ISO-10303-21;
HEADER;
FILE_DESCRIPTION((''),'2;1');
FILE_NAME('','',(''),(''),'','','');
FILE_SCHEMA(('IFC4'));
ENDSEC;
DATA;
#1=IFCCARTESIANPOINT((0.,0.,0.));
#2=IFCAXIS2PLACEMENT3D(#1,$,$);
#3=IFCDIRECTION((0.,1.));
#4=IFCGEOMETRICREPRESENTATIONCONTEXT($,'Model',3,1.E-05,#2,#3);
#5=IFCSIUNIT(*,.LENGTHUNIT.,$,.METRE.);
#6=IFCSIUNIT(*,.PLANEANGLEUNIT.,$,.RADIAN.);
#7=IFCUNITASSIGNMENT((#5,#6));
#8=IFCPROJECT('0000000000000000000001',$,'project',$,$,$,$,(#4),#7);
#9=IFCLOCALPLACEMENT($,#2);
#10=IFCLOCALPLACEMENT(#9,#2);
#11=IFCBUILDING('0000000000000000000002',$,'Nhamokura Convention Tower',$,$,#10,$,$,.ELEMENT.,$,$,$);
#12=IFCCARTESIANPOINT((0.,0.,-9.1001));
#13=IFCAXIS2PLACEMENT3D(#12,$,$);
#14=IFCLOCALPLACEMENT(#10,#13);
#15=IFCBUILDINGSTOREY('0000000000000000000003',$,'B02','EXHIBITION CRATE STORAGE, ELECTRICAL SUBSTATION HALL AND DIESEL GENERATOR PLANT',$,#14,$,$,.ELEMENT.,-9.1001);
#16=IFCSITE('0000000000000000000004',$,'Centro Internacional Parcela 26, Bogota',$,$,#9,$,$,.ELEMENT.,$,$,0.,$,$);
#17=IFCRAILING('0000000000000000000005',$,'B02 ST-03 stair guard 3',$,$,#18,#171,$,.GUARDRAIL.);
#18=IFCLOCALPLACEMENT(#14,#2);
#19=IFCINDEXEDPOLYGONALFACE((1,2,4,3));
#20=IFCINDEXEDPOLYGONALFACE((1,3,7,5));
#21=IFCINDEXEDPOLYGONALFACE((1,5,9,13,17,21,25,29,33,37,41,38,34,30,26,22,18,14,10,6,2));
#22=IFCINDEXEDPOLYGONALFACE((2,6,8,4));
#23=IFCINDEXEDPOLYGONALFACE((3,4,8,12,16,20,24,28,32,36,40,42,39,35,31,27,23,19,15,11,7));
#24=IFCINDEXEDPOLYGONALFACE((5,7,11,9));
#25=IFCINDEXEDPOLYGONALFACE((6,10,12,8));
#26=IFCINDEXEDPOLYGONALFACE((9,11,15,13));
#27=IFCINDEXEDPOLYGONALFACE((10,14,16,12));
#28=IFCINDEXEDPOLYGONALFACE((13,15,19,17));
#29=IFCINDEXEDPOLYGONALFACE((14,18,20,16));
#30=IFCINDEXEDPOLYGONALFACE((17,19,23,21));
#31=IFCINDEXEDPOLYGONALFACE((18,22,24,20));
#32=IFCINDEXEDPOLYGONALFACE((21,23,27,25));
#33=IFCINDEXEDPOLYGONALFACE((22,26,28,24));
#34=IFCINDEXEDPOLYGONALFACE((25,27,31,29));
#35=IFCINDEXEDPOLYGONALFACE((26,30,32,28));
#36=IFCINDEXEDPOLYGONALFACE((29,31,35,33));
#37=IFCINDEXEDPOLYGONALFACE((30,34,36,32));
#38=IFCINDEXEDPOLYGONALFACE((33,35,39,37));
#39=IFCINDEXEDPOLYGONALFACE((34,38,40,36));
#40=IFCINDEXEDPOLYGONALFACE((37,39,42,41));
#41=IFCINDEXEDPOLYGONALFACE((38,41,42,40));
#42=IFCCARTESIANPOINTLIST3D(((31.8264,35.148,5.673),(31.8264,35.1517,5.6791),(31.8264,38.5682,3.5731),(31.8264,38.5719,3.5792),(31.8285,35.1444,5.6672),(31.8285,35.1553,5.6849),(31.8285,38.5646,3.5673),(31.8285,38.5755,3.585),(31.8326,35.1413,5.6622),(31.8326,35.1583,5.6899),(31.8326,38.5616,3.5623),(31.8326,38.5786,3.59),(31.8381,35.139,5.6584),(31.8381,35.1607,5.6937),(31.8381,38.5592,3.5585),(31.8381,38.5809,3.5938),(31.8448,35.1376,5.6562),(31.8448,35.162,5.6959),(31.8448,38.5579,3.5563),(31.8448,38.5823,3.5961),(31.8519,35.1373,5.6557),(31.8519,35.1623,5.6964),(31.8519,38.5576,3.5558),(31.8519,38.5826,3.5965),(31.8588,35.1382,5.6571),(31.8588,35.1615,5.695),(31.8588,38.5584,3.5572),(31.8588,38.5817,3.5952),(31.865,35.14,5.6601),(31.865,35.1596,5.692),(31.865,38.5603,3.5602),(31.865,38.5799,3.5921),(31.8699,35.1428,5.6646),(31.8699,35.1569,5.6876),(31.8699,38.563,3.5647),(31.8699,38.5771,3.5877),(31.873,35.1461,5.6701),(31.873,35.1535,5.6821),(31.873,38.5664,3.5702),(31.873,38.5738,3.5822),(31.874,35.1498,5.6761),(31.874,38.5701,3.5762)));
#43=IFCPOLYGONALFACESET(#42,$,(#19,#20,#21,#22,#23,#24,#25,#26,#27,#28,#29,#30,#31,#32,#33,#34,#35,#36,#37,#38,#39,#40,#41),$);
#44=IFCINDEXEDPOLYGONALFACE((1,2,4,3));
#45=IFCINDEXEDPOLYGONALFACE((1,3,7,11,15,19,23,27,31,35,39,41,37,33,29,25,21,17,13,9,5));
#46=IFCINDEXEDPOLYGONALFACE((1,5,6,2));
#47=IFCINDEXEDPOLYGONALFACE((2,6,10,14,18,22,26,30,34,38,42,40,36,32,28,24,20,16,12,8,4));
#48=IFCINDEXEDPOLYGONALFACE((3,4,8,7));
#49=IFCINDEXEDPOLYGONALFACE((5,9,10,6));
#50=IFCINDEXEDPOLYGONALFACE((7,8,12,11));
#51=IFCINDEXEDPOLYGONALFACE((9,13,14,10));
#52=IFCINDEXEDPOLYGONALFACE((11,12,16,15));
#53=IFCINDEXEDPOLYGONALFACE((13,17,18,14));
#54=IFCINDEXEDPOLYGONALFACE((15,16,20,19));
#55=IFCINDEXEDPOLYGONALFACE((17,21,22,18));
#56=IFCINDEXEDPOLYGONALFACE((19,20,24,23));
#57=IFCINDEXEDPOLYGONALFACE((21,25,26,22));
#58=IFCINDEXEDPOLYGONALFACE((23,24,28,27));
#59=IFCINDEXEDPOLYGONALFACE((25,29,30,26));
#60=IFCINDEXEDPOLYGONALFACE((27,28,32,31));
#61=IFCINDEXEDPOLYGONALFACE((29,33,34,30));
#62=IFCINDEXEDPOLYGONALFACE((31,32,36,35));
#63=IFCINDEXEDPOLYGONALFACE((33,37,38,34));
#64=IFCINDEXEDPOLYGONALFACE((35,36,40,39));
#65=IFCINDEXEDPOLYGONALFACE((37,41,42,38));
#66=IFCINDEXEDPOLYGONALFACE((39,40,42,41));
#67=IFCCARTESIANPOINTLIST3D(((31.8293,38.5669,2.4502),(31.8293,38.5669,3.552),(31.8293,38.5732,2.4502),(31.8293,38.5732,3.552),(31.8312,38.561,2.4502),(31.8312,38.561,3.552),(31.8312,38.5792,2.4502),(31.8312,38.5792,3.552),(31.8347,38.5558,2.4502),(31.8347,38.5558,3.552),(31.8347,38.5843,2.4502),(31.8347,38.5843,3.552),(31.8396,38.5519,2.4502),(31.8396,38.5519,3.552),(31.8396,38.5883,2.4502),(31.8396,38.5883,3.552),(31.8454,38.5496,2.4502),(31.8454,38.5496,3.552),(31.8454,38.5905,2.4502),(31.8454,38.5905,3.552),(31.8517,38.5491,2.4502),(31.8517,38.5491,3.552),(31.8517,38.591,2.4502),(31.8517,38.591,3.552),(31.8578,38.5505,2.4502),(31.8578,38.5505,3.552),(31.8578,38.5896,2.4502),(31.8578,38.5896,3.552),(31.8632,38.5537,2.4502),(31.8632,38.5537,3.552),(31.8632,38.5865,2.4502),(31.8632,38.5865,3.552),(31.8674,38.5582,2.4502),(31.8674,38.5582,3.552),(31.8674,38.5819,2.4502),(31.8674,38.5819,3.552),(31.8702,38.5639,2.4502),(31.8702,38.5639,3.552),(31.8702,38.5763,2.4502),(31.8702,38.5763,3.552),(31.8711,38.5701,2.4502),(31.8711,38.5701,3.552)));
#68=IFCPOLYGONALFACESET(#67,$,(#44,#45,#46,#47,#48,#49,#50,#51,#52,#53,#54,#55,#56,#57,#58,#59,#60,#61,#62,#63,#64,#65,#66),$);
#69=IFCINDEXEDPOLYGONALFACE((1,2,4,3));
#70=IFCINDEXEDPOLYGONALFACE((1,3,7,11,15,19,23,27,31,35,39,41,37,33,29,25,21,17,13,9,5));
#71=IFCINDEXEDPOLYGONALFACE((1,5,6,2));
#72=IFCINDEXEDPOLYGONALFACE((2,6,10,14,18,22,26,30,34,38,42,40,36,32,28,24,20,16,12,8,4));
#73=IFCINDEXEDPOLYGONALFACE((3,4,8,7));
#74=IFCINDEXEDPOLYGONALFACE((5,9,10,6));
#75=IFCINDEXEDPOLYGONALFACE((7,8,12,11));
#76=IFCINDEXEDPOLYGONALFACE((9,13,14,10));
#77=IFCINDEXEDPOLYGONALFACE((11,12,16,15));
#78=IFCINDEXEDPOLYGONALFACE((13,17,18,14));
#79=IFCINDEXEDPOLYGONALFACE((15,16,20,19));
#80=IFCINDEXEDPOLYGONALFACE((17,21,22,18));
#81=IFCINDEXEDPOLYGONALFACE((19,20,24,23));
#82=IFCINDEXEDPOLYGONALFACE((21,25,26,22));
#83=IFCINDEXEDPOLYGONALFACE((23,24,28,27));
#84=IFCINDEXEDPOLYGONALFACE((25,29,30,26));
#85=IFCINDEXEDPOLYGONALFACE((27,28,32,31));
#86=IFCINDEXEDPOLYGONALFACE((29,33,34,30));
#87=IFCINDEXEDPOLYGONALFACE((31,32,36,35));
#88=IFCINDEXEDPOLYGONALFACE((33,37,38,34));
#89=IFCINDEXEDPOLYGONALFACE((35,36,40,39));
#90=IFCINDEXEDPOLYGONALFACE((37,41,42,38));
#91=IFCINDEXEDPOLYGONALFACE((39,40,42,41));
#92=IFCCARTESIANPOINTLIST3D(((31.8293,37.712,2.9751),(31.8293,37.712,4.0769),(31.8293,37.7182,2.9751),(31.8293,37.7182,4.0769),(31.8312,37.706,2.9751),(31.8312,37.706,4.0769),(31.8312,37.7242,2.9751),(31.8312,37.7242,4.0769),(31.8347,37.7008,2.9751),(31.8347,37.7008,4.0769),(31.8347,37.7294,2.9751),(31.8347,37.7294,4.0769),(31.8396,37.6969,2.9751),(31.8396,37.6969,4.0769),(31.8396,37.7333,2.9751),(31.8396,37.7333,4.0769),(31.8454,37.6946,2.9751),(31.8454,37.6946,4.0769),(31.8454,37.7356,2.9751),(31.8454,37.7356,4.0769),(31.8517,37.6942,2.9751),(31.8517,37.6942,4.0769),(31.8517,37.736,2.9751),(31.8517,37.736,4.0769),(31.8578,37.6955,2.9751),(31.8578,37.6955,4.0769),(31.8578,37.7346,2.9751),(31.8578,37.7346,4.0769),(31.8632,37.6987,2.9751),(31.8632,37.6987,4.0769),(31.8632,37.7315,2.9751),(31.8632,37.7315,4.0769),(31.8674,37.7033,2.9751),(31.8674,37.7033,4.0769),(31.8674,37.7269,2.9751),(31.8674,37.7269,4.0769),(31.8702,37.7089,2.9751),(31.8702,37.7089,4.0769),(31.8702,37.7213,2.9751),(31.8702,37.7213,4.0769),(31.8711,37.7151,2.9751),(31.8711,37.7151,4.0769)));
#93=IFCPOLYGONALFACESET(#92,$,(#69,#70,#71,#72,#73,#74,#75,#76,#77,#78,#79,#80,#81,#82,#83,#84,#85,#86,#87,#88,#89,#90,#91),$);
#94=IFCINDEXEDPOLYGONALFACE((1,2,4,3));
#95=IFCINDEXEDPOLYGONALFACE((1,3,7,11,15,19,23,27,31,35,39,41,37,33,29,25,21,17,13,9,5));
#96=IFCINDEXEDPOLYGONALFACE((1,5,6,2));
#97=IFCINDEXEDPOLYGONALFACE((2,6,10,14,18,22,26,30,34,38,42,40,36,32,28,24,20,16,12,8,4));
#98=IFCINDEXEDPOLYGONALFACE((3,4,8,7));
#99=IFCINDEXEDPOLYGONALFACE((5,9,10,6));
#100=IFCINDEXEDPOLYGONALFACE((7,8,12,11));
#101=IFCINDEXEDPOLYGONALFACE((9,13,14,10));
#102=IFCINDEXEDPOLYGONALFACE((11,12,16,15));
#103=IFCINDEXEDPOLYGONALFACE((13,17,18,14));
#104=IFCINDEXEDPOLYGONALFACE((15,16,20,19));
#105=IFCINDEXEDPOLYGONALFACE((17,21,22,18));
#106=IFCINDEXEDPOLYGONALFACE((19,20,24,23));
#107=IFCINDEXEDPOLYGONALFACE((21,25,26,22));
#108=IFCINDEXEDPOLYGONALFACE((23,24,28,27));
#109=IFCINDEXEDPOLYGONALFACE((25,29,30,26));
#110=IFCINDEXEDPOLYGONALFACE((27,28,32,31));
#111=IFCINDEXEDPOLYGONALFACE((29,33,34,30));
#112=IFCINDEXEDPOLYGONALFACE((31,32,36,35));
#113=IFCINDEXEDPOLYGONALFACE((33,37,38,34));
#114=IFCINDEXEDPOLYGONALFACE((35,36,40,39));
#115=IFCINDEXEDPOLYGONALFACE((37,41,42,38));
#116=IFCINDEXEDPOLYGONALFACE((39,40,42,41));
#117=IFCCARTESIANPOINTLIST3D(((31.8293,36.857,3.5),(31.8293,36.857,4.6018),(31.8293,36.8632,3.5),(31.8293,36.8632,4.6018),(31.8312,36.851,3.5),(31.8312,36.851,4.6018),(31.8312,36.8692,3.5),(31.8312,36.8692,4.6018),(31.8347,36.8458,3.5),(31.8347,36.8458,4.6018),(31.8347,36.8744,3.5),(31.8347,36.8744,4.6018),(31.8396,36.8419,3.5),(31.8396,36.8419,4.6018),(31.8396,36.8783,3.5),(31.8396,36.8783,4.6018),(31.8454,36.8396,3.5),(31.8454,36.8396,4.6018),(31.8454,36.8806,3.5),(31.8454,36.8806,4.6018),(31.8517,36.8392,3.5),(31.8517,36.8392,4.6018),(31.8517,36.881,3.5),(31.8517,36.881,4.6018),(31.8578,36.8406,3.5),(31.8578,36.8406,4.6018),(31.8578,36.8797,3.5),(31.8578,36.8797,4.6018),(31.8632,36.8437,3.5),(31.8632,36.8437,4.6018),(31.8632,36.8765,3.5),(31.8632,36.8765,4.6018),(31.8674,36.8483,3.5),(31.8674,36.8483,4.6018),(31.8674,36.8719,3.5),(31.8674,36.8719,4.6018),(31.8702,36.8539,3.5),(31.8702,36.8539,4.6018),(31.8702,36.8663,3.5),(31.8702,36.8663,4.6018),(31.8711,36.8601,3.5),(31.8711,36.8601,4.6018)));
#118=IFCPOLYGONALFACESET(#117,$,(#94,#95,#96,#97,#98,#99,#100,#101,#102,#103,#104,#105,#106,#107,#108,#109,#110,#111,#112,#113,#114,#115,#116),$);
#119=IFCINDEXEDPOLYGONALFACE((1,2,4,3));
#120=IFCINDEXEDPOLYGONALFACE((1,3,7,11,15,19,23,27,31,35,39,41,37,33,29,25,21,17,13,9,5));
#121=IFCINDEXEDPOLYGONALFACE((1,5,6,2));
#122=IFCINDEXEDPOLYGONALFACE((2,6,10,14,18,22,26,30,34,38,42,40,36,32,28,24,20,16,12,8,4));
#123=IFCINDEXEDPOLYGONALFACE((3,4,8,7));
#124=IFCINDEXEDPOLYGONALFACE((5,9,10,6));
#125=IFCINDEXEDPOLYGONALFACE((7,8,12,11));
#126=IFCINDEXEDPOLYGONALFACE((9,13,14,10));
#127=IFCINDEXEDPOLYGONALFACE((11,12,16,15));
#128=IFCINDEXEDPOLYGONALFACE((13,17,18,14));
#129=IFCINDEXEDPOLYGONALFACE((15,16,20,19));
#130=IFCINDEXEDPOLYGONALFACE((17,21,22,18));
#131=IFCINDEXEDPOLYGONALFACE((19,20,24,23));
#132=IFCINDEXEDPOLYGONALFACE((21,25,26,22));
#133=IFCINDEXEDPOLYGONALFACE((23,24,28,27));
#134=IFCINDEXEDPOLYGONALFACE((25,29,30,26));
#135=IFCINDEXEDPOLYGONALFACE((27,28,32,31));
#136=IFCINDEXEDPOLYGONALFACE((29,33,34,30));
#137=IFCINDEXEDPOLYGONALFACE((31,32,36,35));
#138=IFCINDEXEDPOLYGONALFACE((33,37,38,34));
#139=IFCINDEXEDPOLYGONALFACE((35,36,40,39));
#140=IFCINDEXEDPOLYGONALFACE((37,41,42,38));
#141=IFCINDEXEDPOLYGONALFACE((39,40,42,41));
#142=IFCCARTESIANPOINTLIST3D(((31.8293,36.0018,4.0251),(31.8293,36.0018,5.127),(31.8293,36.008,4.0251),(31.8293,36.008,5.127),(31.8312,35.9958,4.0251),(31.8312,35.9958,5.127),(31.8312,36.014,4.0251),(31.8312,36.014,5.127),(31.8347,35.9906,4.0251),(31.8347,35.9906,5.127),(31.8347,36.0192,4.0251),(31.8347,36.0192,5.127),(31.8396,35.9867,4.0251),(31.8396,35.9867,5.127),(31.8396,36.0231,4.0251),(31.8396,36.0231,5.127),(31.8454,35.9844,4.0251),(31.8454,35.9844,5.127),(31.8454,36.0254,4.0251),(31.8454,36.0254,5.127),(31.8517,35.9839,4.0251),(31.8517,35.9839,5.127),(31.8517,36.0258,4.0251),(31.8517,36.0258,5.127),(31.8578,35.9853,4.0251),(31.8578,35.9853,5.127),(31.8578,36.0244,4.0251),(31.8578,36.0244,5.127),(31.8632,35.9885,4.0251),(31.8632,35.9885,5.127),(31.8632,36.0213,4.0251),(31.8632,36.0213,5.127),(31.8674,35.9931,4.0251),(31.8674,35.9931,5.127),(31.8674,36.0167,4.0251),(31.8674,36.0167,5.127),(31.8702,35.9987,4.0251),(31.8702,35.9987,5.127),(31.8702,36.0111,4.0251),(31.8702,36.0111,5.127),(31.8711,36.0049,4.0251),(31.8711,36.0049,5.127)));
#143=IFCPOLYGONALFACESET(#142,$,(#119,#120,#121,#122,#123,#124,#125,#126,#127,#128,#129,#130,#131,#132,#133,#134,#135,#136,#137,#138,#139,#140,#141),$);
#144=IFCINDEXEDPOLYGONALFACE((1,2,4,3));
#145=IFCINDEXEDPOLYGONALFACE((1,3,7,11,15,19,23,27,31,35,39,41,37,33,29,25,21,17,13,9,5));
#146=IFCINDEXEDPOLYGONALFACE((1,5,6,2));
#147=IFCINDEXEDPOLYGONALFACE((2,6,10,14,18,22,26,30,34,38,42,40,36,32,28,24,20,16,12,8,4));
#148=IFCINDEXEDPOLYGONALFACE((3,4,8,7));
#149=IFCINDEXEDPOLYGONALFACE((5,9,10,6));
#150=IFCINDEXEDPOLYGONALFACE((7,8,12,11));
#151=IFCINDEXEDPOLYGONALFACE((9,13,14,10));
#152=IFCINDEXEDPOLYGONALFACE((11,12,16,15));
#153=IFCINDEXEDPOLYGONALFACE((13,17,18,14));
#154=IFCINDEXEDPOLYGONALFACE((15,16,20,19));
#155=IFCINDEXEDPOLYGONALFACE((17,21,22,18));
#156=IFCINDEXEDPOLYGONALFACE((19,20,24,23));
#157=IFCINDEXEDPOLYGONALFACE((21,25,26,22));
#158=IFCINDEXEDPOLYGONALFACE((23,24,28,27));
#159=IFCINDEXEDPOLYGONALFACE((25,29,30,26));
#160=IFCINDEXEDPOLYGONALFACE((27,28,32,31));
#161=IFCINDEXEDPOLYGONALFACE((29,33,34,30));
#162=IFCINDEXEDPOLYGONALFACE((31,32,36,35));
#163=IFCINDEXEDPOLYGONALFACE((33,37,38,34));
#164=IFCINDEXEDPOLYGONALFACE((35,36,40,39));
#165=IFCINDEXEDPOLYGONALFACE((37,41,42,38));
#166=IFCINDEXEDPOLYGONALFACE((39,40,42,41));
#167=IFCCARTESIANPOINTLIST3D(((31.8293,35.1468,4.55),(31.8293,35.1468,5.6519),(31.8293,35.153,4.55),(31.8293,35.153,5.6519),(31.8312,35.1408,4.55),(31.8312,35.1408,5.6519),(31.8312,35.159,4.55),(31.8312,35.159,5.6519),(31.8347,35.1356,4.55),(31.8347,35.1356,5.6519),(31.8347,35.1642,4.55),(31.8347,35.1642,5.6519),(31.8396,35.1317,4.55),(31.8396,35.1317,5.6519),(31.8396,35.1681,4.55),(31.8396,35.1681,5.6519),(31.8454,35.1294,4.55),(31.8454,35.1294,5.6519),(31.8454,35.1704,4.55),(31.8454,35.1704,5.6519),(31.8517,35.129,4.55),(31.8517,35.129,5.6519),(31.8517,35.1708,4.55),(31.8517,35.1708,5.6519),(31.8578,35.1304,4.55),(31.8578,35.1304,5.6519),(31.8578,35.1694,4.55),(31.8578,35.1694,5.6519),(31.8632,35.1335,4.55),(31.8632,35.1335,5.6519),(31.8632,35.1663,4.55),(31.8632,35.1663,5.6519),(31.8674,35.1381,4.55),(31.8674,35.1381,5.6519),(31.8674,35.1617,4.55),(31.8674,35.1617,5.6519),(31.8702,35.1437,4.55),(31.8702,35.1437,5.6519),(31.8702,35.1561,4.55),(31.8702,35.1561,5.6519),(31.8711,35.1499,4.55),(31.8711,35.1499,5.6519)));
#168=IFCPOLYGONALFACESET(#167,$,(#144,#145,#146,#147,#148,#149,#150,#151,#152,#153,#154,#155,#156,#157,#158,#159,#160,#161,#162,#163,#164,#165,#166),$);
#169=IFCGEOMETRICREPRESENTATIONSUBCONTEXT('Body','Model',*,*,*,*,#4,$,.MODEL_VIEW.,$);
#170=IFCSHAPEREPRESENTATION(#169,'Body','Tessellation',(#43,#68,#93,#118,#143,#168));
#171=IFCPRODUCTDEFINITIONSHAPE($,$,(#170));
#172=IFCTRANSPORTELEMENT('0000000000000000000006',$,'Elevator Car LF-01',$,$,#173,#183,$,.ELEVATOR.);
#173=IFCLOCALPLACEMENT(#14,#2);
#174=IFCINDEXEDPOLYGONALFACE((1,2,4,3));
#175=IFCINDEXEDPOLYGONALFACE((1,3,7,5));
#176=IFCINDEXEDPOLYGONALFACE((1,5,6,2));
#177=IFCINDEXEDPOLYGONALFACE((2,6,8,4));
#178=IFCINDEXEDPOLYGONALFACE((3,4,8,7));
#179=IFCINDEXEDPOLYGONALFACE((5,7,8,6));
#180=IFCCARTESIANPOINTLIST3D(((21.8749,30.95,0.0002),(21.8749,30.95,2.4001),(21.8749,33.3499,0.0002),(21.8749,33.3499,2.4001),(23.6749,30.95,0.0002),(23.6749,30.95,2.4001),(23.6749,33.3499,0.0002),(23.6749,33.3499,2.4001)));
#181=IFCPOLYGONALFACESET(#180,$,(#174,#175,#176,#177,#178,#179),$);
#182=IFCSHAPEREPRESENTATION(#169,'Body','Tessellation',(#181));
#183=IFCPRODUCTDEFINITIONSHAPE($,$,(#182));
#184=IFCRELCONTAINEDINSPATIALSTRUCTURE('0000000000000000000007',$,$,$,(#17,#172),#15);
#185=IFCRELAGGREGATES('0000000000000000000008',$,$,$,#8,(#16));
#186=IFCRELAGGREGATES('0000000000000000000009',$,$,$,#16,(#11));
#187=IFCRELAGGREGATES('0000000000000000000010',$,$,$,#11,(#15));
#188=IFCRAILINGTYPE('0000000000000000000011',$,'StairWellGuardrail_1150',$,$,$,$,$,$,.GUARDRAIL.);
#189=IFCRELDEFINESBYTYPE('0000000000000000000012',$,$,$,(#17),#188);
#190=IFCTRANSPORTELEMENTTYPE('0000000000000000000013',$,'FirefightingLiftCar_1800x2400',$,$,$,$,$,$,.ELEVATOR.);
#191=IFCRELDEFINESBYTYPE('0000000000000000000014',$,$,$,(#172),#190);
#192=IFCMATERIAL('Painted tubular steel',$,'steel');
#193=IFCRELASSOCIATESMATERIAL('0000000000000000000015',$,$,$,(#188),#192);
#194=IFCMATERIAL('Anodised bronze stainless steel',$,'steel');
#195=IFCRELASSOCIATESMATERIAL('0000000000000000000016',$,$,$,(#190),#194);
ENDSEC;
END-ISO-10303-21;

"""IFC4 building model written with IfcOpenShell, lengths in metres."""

from ifc_helpers import new_model, si_unit, direction, frame, origin, origin_2d, place, context, subcontext, project, spatial, rectangle, circle, extrude, material, type_object, element, save


model = new_model("IFC4")

# Units and contexts
model_context = context("Model", 3, precision=1e-05, world=origin(), true_north=direction((0.0, 1.0)))
body_context = subcontext(model_context, "Body", "Model", "MODEL_VIEW")
ifc_project = project(units=[si_unit("LENGTHUNIT", "METRE"), si_unit("PLANEANGLEUNIT", "RADIAN")], contexts=[model_context])

# Site, building, storey
site_placement = place(None, origin())
site = spatial("IfcSite", under=ifc_project, at=site_placement, Name="Centro Internacional Parcela 26, Bogota", CompositionType="ELEMENT", RefElevation=0.0)
building_placement = place(site_placement, origin())
building = spatial("IfcBuilding", under=site, at=building_placement, Name="Nhamokura Convention Tower", CompositionType="ELEMENT")
storey_placement = place(building_placement, frame((0.0, 0.0, -9.1001)))
storey = spatial("IfcBuildingStorey", under=building, at=storey_placement, Name="B02", Description="EXHIBITION CRATE STORAGE, ELECTRICAL SUBSTATION HALL AND DIESEL GENERATOR PLANT", CompositionType="ELEMENT", Elevation=-9.1001)

# Railing
ifc_material_1 = material(Name="Painted tubular steel", Category="steel")
railing_type_1 = type_object("IfcRailingType", Name="StairWellGuardrail_1150", PredefinedType="GUARDRAIL", material=ifc_material_1)
railing_1_placement = place(storey_placement, frame((31.8501, 38.5701, 2.4502)))
element("IfcRailing", 1, at=railing_1_placement, inside=storey, type_object=railing_type_1, Name="B02 ST-03 stair guard 3", PredefinedType="GUARDRAIL", context=body_context, shape_type="SweptSolid", body=[
    extrude(circle(Radius=0.0239, at=origin_2d()), frame((0.0, 0.0, 1.126), z_axis=(0.0, -0.852199, 0.523218), x_axis=(1.0, 0.0, 0.0)), (0.0, 0.0, 1.0), 4.0134),
    extrude(circle(Radius=0.021, at=origin_2d()), origin(), (0.0, 0.0, 1.0), 1.1018),
    extrude(circle(Radius=0.021, at=origin_2d()), frame((0.0, -0.855, 0.5249)), (0.0, 0.0, 1.0), 1.1018),
    extrude(circle(Radius=0.021, at=origin_2d()), frame((0.0, -1.71, 1.0498)), (0.0, 0.0, 1.0), 1.1018),
    extrude(circle(Radius=0.021, at=origin_2d()), frame((0.0, -2.5652, 1.575)), (0.0, 0.0, 1.0), 1.1018),
    extrude(circle(Radius=0.021, at=origin_2d()), frame((0.0, -3.4202, 2.0999)), (0.0, 0.0, 1.0), 1.1018),
])

# Transport element
ifc_material_2 = material(Name="Anodised bronze stainless steel", Category="steel")
transport_element_type = type_object("IfcTransportElementType", Name="FirefightingLiftCar_1800x2400", PredefinedType="ELEVATOR", material=ifc_material_2)
transport_element_placement = place(storey_placement, frame((22.7749, 32.1499, 0.0002), z_axis=(0.0, 0.0, 1.0), x_axis=(1.0, 0.0, 0.0)))
element("IfcTransportElement", 2, at=transport_element_placement, inside=storey, type_object=transport_element_type, Name="Elevator Car LF-01", PredefinedType="ELEVATOR", context=body_context, shape_type="SweptSolid", body=[
    extrude(rectangle(XDim=1.8, YDim=2.3999, at=origin_2d()), origin(), (0.0, 0.0, 1.0), 2.3999),
])

save(model, "model.ifc")
